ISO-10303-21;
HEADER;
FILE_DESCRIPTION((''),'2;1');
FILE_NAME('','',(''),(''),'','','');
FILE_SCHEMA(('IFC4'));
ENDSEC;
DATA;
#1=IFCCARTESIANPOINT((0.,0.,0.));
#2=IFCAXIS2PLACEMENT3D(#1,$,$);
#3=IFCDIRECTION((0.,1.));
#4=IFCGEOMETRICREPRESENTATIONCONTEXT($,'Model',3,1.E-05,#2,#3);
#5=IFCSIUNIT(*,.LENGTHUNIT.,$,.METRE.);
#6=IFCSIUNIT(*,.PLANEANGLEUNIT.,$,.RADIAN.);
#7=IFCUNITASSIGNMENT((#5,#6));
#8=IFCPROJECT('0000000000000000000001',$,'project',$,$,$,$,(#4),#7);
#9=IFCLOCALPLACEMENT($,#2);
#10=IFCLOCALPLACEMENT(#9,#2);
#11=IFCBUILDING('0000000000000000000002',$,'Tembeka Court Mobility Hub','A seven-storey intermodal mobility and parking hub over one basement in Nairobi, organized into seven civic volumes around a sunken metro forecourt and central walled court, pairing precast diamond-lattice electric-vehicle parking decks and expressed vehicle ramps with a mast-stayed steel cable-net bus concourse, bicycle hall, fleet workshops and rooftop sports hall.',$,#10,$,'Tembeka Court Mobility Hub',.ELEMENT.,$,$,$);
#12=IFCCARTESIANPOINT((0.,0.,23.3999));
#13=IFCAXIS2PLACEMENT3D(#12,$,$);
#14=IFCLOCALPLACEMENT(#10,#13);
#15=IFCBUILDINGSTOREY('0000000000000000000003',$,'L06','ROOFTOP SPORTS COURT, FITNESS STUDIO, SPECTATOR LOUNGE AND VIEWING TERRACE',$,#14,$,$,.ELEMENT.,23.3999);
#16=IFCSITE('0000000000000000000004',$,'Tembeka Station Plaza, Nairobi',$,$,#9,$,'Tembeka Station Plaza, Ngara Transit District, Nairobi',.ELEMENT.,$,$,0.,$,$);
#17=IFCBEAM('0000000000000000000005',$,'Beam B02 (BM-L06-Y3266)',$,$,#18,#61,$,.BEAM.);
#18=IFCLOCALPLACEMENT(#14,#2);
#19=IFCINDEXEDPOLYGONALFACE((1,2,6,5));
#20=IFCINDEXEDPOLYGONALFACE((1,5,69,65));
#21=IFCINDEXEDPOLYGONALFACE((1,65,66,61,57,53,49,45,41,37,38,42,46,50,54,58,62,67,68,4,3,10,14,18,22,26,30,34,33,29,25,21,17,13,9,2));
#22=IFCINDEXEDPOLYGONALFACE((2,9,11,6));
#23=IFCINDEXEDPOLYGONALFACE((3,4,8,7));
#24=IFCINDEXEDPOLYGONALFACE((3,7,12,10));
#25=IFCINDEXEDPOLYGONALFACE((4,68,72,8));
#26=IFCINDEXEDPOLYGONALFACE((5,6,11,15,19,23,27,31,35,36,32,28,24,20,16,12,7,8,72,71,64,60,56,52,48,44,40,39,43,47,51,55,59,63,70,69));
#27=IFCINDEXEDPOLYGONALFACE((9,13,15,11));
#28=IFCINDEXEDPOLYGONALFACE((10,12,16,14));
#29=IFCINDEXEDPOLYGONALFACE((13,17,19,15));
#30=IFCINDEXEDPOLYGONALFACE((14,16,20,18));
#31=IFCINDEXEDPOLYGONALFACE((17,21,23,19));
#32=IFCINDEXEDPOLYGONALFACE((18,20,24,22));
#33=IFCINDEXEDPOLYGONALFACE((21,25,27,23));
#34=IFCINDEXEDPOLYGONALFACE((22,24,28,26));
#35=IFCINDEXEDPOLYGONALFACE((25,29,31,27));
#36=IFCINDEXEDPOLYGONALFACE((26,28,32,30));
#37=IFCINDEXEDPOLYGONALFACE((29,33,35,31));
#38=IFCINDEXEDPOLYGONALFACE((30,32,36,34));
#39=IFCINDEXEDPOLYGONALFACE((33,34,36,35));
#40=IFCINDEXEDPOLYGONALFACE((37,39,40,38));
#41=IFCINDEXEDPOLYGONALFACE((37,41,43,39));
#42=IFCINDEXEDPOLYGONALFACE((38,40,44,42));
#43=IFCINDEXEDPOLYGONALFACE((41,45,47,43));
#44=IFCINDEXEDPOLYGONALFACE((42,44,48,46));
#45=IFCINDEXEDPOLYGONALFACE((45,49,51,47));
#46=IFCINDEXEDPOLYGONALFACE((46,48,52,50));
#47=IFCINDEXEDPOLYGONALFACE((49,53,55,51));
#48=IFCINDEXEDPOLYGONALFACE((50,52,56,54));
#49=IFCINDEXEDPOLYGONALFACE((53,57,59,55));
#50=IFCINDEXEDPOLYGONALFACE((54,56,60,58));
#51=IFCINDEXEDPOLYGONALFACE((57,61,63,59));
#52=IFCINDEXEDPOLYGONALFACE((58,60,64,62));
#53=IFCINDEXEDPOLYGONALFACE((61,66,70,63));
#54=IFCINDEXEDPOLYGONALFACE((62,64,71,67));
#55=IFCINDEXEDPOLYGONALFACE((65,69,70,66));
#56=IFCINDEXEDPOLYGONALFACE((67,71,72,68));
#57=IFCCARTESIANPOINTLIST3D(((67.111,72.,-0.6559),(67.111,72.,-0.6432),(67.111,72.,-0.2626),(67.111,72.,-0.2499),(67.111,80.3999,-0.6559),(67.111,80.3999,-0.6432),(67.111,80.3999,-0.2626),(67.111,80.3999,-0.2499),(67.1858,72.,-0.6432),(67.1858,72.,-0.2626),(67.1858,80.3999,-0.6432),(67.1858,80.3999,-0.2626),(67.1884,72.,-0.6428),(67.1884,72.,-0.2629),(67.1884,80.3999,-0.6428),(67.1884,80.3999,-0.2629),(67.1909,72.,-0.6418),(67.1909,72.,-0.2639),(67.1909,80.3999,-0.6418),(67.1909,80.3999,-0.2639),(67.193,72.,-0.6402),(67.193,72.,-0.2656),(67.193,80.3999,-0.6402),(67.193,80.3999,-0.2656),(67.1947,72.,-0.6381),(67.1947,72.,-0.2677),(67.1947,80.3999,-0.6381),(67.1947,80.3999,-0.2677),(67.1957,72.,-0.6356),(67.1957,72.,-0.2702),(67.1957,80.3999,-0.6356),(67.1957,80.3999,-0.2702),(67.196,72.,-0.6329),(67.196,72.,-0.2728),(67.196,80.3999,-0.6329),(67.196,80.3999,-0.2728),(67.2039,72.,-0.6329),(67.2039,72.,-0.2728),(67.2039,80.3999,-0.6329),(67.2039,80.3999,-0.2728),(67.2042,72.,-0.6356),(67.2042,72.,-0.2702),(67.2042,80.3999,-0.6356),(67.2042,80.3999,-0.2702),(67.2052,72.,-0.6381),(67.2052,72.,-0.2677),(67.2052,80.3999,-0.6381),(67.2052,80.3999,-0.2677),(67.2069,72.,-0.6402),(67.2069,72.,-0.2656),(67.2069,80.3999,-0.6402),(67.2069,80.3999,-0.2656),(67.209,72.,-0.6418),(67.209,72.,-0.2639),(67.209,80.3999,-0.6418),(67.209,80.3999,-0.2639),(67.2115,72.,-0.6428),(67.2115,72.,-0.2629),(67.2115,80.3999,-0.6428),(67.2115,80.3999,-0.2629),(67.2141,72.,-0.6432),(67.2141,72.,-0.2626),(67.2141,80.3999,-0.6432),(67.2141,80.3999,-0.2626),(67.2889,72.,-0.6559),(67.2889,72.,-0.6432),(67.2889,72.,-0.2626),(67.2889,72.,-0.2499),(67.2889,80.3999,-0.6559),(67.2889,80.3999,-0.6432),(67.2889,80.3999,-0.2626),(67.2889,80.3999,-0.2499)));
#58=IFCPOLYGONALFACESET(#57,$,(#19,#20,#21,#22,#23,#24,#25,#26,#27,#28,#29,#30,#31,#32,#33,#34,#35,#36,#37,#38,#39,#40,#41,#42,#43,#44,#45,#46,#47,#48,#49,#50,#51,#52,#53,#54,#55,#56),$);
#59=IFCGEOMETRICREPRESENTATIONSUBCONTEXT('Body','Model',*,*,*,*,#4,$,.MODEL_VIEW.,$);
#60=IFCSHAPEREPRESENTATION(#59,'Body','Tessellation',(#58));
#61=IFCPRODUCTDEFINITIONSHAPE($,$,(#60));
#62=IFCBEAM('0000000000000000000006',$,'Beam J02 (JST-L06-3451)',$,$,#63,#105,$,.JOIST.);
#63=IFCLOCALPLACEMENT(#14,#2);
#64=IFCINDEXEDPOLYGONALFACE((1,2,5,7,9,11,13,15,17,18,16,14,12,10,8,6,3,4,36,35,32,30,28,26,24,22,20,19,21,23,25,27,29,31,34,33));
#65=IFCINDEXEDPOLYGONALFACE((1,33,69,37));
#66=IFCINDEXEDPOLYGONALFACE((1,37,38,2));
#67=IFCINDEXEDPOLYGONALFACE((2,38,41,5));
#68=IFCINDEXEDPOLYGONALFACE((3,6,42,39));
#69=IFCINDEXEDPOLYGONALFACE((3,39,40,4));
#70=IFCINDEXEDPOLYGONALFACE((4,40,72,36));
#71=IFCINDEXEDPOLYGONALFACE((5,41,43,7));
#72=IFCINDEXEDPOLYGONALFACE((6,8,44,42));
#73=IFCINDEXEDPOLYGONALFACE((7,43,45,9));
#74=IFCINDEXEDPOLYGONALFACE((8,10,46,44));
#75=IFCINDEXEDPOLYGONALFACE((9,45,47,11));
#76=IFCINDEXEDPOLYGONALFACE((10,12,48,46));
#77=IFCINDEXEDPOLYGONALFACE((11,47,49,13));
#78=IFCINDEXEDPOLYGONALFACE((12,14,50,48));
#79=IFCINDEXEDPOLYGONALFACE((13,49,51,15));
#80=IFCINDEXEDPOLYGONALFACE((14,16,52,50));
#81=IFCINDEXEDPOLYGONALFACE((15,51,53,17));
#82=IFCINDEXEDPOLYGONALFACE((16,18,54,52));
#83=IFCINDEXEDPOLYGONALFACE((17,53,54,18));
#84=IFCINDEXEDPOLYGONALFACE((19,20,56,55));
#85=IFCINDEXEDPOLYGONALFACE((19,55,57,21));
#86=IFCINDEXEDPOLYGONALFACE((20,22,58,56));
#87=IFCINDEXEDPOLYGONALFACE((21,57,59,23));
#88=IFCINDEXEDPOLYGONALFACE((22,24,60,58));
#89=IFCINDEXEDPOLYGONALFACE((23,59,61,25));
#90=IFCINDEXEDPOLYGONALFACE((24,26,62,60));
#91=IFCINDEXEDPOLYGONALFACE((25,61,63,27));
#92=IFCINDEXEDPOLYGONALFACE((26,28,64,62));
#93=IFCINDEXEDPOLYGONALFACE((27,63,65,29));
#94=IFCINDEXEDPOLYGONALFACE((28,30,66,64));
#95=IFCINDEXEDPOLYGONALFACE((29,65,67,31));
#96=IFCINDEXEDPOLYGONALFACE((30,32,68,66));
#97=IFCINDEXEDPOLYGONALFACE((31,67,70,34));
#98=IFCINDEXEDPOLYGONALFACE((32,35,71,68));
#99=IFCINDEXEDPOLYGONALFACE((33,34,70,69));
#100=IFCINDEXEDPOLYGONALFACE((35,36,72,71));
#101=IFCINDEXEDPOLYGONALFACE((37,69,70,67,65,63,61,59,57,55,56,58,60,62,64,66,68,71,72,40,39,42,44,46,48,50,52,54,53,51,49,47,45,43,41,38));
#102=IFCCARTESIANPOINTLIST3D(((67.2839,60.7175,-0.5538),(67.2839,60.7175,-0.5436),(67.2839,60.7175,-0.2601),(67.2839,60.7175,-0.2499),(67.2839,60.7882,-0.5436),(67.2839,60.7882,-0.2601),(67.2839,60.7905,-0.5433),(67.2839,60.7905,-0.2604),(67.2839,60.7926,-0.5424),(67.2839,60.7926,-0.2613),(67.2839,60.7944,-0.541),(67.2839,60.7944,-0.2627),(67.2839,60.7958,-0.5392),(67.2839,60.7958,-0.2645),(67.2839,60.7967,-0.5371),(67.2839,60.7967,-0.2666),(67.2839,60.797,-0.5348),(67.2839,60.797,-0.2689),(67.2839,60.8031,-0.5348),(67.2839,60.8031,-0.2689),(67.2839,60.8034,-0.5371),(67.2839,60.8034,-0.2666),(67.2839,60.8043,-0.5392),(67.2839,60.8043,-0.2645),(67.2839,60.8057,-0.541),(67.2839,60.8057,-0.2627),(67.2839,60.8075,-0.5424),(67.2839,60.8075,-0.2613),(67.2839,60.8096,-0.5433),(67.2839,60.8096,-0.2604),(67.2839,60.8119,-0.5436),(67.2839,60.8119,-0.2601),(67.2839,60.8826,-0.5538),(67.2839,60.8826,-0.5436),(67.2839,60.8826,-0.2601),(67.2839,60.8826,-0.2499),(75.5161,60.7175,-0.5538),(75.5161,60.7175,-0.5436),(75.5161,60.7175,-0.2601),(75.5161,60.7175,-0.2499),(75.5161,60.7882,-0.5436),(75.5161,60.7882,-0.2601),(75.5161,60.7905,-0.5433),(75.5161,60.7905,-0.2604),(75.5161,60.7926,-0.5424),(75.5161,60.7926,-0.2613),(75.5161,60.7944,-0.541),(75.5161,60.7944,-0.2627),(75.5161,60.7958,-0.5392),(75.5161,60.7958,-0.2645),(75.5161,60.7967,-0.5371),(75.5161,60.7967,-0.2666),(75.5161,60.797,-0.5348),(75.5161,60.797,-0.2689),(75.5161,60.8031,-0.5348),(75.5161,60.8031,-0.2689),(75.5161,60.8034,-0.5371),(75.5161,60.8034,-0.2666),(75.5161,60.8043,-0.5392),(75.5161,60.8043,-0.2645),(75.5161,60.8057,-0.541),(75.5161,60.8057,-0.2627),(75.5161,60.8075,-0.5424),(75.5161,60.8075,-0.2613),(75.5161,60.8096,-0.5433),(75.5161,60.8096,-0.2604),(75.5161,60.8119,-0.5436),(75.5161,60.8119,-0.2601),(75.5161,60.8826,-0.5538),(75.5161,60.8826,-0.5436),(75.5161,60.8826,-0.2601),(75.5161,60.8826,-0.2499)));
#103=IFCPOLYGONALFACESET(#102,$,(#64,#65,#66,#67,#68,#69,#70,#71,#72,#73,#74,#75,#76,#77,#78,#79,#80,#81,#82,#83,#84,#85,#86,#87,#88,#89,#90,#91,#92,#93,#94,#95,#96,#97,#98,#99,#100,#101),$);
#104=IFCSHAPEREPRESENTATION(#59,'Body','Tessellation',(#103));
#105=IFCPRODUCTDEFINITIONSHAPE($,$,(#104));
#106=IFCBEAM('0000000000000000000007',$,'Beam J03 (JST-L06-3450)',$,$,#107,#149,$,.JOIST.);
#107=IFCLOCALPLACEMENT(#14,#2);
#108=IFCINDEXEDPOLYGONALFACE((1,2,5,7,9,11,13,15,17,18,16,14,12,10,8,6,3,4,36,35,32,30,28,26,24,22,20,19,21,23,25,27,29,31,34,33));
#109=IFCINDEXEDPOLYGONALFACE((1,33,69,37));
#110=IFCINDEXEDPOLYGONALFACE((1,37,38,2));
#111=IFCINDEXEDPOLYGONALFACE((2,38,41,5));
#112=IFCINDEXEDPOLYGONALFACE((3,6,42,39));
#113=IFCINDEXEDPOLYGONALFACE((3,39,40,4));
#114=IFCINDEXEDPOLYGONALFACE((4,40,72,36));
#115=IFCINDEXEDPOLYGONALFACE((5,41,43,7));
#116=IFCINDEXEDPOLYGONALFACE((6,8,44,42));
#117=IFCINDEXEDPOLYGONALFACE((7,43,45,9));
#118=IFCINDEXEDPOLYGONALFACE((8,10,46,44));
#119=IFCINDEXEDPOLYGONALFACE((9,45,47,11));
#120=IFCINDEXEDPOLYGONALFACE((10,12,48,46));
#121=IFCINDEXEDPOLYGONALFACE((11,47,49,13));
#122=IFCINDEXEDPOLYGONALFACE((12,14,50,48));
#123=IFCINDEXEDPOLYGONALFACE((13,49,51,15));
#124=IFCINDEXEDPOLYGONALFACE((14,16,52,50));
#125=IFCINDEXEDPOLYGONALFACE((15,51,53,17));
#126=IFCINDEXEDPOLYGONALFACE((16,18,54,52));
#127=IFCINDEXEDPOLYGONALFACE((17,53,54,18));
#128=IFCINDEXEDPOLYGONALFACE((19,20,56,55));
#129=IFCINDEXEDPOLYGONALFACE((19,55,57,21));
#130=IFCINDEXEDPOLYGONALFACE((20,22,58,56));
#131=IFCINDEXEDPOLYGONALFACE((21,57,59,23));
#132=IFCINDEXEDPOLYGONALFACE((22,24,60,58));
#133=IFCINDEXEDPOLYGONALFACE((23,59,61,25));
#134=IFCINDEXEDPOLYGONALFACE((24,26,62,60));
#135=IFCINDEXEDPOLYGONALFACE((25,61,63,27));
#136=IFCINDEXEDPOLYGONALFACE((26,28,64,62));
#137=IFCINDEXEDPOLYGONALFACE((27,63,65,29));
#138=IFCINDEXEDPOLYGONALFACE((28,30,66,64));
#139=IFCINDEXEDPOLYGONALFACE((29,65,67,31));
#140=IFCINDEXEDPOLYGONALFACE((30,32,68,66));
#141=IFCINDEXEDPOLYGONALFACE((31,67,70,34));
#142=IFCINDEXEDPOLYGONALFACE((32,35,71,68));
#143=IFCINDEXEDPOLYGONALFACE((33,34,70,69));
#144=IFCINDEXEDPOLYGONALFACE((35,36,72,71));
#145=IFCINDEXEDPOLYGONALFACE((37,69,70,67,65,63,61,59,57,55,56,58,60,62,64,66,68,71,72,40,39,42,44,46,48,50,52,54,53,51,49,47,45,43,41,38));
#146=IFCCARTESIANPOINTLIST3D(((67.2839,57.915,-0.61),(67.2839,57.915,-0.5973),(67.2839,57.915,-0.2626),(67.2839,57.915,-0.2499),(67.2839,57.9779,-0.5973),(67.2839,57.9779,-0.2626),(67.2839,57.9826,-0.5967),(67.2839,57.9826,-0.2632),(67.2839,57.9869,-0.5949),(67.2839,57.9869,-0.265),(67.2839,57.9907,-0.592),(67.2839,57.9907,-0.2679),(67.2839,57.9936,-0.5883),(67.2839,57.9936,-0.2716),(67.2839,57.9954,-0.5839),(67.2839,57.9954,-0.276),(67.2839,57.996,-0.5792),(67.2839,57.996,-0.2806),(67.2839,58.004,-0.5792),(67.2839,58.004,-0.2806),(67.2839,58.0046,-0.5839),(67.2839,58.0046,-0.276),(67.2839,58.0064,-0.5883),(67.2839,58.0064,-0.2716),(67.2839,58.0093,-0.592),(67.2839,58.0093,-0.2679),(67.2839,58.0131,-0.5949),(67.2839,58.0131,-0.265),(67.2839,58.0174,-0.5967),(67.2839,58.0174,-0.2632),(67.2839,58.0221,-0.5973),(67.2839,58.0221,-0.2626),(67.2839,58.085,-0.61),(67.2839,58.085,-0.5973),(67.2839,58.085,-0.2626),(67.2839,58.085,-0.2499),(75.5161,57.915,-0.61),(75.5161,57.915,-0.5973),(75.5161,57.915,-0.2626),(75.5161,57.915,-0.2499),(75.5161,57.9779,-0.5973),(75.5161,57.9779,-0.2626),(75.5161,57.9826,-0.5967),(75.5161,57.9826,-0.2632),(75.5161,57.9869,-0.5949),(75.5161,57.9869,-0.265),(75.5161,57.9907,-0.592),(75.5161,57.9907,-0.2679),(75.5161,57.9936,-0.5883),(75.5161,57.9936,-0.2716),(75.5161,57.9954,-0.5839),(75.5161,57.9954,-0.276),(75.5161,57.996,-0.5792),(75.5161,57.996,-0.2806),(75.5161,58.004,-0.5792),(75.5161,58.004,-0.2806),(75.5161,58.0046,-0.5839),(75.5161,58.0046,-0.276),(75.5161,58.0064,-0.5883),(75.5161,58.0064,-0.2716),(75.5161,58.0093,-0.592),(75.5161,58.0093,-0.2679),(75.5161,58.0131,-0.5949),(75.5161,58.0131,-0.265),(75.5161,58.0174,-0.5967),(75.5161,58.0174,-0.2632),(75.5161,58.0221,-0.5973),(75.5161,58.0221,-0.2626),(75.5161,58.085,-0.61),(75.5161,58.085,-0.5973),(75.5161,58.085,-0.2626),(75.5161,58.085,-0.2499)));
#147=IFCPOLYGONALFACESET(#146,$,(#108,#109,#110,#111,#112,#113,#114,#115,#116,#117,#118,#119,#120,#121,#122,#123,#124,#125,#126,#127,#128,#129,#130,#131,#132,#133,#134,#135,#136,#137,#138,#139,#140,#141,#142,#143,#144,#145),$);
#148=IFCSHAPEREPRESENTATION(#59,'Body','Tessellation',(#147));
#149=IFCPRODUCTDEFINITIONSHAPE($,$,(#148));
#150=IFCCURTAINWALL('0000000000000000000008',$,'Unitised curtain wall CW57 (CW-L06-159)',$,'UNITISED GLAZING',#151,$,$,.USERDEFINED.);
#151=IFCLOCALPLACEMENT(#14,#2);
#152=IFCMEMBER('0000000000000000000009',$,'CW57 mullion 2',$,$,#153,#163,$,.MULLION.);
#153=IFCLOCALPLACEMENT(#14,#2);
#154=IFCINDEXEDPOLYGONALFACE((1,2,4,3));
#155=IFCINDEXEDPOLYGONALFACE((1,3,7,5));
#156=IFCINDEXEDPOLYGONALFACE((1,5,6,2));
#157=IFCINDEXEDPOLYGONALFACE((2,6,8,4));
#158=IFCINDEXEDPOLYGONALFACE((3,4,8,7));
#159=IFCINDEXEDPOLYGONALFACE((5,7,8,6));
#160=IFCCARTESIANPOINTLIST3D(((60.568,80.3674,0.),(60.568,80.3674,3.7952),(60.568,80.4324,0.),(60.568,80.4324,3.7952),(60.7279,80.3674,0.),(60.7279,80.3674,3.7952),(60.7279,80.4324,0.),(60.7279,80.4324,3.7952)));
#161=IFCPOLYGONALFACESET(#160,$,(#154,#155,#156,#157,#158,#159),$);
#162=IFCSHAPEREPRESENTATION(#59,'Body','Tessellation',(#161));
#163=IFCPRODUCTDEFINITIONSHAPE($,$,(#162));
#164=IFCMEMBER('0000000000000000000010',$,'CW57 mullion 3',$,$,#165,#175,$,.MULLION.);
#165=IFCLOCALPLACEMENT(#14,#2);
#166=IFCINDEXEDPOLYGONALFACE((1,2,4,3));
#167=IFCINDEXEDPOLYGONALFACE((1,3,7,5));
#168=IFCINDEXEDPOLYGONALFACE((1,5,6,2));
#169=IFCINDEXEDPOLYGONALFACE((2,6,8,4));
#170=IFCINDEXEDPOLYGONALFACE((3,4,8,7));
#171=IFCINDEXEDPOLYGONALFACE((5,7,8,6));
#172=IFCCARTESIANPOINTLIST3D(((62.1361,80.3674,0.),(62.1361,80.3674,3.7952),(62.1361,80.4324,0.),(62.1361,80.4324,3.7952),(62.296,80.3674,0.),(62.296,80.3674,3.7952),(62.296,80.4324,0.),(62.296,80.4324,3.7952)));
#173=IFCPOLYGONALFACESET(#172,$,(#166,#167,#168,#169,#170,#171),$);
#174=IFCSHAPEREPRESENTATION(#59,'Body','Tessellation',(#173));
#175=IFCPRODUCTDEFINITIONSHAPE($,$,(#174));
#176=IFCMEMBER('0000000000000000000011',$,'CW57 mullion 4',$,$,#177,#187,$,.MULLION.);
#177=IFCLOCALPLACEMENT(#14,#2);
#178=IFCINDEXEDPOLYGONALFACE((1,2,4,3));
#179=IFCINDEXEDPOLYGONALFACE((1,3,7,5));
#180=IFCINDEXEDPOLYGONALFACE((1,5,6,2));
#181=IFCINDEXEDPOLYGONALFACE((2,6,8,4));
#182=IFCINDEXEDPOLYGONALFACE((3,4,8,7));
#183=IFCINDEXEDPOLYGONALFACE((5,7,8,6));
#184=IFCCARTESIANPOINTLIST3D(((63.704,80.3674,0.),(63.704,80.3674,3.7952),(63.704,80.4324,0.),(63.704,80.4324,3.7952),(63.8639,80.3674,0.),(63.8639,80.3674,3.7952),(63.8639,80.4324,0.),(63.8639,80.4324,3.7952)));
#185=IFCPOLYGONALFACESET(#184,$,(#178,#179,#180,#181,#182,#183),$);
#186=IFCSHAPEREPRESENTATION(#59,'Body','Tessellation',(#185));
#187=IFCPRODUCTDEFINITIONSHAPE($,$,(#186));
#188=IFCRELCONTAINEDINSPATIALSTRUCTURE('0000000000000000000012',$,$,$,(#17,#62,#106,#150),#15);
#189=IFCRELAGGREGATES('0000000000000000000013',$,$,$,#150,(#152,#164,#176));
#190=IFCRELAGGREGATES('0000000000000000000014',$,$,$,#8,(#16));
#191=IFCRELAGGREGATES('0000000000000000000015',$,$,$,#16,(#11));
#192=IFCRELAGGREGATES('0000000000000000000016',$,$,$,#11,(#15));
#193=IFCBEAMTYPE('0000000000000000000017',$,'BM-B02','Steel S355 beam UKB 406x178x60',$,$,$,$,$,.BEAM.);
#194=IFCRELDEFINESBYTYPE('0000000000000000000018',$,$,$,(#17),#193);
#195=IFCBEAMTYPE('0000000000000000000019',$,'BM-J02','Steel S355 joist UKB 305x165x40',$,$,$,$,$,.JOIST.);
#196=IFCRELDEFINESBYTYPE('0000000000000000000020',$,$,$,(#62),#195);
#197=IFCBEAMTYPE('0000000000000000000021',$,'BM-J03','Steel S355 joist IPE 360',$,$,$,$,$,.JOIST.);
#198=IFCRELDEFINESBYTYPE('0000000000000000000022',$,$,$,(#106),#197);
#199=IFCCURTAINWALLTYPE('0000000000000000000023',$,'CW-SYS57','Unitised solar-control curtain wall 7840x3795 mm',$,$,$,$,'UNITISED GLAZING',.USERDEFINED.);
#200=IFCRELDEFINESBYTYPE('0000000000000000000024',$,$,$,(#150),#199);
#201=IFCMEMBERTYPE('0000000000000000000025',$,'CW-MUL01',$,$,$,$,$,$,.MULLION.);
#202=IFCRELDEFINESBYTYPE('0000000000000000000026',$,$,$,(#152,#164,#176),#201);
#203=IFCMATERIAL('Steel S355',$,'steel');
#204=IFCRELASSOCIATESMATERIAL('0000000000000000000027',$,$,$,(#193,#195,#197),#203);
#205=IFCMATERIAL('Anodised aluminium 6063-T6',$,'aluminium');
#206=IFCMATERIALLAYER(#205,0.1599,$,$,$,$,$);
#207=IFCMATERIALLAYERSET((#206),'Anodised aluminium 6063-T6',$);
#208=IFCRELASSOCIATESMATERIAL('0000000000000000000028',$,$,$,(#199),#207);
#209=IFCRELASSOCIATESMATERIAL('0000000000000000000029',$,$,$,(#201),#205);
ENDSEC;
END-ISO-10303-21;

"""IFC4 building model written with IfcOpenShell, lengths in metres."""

from ifc_helpers import new_model, si_unit, direction, frame, origin, origin_2d, place, context, subcontext, project, spatial, rectangle, i_section, extrude, material, layer, layer_set, material_profile, profile_set, type_object, element, aggregate, save


model = new_model("IFC4")

# Units and contexts
model_context = context("Model", 3, precision=1e-05, world=origin(), true_north=direction((0.0, 1.0)))
body_context = subcontext(model_context, "Body", "Model", "MODEL_VIEW")
ifc_project = project(units=[si_unit("LENGTHUNIT", "METRE"), si_unit("PLANEANGLEUNIT", "RADIAN")], contexts=[model_context])

# Site, building, storey
site_placement = place(None, origin())
site = spatial("IfcSite", under=ifc_project, at=site_placement, Name="Tembeka Station Plaza, Nairobi", LongName="Tembeka Station Plaza, Ngara Transit District, Nairobi", CompositionType="ELEMENT", RefElevation=0.0)
building_placement = place(site_placement, origin())
building = spatial("IfcBuilding", under=site, at=building_placement, Name="Tembeka Court Mobility Hub", Description="A seven-storey intermodal mobility and parking hub over one basement in Nairobi, organized into seven civic volumes around a sunken metro forecourt and central walled court, pairing precast diamond-lattice electric-vehicle parking decks and expressed vehicle ramps with a mast-stayed steel cable-net bus concourse, bicycle hall, fleet workshops and rooftop sports hall.", LongName="Tembeka Court Mobility Hub", CompositionType="ELEMENT")
storey_placement = place(building_placement, frame((0.0, 0.0, 23.3999)))
storey = spatial("IfcBuildingStorey", under=building, at=storey_placement, Name="L06", Description="ROOFTOP SPORTS COURT, FITNESS STUDIO, SPECTATOR LOUNGE AND VIEWING TERRACE", CompositionType="ELEMENT", Elevation=23.3999)

# Shared definitions
ifc_material_1 = material(Name="Steel S355", Category="steel")

# Beams
ifc_material_profile_1 = material_profile(ifc_material_1, i_section(OverallWidth=0.178, OverallDepth=0.406, WebThickness=0.0078, FlangeThickness=0.0127, FilletRadius=0.0103, at=origin_2d()), Name="UKB 406x178x60")
ifc_profile_set_1 = profile_set([ifc_material_profile_1], Name="Steel S355")
beam_type_1 = type_object("IfcBeamType", Name="BM-B02", Description="Steel S355 beam UKB 406x178x60", PredefinedType="BEAM", material=ifc_profile_set_1)
for number, where, z_axis, x_axis, name in (
    (1, (67.2, 72.0, -0.4529), (0.0, 1.0, 0.0), (-1.0, 0.0, 0.0), "Beam B02 (BM-L06-Y3266)"),
):
    element("IfcBeam", number, at=place(storey_placement, frame(where, z_axis=z_axis, x_axis=x_axis)), inside=storey, type_object=beam_type_1, Name=name, PredefinedType="BEAM", context=body_context, shape_type="SweptSolid", body=[
        extrude(i_section(OverallWidth=0.178, OverallDepth=0.406, WebThickness=0.0078, FlangeThickness=0.0127, FilletRadius=0.0103, at=origin_2d()), origin(), (0.0, 0.0, 1.0), 8.3999),
    ])
ifc_material_profile_2 = material_profile(ifc_material_1, i_section(OverallWidth=0.165, OverallDepth=0.304, WebThickness=0.0061, FlangeThickness=0.0103, FilletRadius=0.0088, at=origin_2d()), Name="UKB 305x165x40")
ifc_profile_set_2 = profile_set([ifc_material_profile_2], Name="Steel S355")
beam_type_2 = type_object("IfcBeamType", Name="BM-J02", Description="Steel S355 joist UKB 305x165x40", PredefinedType="JOIST", material=ifc_profile_set_2)
beam_1_placement = place(storey_placement, frame((67.2839, 60.8, -0.4019), z_axis=(1.0, 0.0, 0.0), x_axis=(0.0, 1.0, 0.0)))
element("IfcBeam", 2, at=beam_1_placement, inside=storey, type_object=beam_type_2, Name="Beam J02 (JST-L06-3451)", PredefinedType="JOIST", context=body_context, shape_type="SweptSolid", body=[
    extrude(i_section(OverallWidth=0.165, OverallDepth=0.304, WebThickness=0.0061, FlangeThickness=0.0103, FilletRadius=0.0088, at=origin_2d()), origin(), (0.0, 0.0, 1.0), 8.2322),
])
ifc_material_profile_3 = material_profile(ifc_material_1, i_section(OverallWidth=0.1699, OverallDepth=0.3601, WebThickness=0.0081, FlangeThickness=0.0127, FilletRadius=0.0181, at=origin_2d()), Name="IPE 360")
ifc_profile_set_3 = profile_set([ifc_material_profile_3], Name="Steel S355")
beam_type_3 = type_object("IfcBeamType", Name="BM-J03", Description="Steel S355 joist IPE 360", PredefinedType="JOIST", material=ifc_profile_set_3)
beam_2_placement = place(storey_placement, frame((67.2839, 58.0, -0.4299), z_axis=(1.0, 0.0, 0.0), x_axis=(0.0, 1.0, 0.0)))
element("IfcBeam", 3, at=beam_2_placement, inside=storey, type_object=beam_type_3, Name="Beam J03 (JST-L06-3450)", PredefinedType="JOIST", context=body_context, shape_type="SweptSolid", body=[
    extrude(i_section(OverallWidth=0.1699, OverallDepth=0.3601, WebThickness=0.0081, FlangeThickness=0.0127, FilletRadius=0.0181, at=origin_2d()), origin(), (0.0, 0.0, 1.0), 8.2322),
])

# Curtain wall, members
ifc_material_2 = material(Name="Anodised aluminium 6063-T6", Category="aluminium")
ifc_layer_1 = layer(ifc_material_2, 0.1599)
ifc_layer_set_1 = layer_set([ifc_layer_1], Name="Anodised aluminium 6063-T6")
curtain_wall_type = type_object("IfcCurtainWallType", Name="CW-SYS57", Description="Unitised solar-control curtain wall 7840x3795 mm", ElementType="UNITISED GLAZING", PredefinedType="USERDEFINED", material=ifc_layer_set_1)
curtain_wall_placement = place(storey_placement, origin())
curtain_wall = element("IfcCurtainWall", 4, at=curtain_wall_placement, inside=storey, type_object=curtain_wall_type, Name="Unitised curtain wall CW57 (CW-L06-159)", ObjectType="UNITISED GLAZING", PredefinedType="USERDEFINED")
ifc_material_profile_4 = material_profile(ifc_material_2, rectangle(XDim=0.0649, YDim=0.1599, at=origin_2d()), Name="ALU-MUL 65x160")
ifc_profile_set_4 = profile_set([ifc_material_profile_4], Name="Anodised aluminium 6063-T6")
member_type_1 = type_object("IfcMemberType", Name="CW-MUL01", PredefinedType="MULLION", material=ifc_profile_set_4)
member_1_placement = place(storey_placement, frame((60.6479, 80.3999, 0.0), z_axis=(0.0, 0.0, 1.0), x_axis=(0.0, 1.0, 0.0)))
member_1 = element("IfcMember", 5, at=member_1_placement, type_object=member_type_1, Name="CW57 mullion 2", PredefinedType="MULLION", context=body_context, shape_type="SweptSolid", body=[
    extrude(rectangle(XDim=0.0649, YDim=0.1599, at=origin_2d()), origin(), (0.0, 0.0, 1.0), 3.7952),
])
member_2_placement = place(storey_placement, frame((62.2161, 80.3999, 0.0), z_axis=(0.0, 0.0, 1.0), x_axis=(0.0, 1.0, 0.0)))
member_2 = element("IfcMember", 6, at=member_2_placement, type_object=member_type_1, Name="CW57 mullion 3", PredefinedType="MULLION", context=body_context, shape_type="SweptSolid", body=[
    extrude(rectangle(XDim=0.0649, YDim=0.1599, at=origin_2d()), origin(), (0.0, 0.0, 1.0), 3.7952),
])
member_3_placement = place(storey_placement, frame((63.7839, 80.3999, 0.0), z_axis=(0.0, 0.0, 1.0), x_axis=(0.0, 1.0, 0.0)))
member_3 = element("IfcMember", 7, at=member_3_placement, type_object=member_type_1, Name="CW57 mullion 4", PredefinedType="MULLION", context=body_context, shape_type="SweptSolid", body=[
    extrude(rectangle(XDim=0.0649, YDim=0.1599, at=origin_2d()), origin(), (0.0, 0.0, 1.0), 3.7952),
])
aggregate(curtain_wall, [member_1, member_2, member_3])

save(model, "model.ifc")
